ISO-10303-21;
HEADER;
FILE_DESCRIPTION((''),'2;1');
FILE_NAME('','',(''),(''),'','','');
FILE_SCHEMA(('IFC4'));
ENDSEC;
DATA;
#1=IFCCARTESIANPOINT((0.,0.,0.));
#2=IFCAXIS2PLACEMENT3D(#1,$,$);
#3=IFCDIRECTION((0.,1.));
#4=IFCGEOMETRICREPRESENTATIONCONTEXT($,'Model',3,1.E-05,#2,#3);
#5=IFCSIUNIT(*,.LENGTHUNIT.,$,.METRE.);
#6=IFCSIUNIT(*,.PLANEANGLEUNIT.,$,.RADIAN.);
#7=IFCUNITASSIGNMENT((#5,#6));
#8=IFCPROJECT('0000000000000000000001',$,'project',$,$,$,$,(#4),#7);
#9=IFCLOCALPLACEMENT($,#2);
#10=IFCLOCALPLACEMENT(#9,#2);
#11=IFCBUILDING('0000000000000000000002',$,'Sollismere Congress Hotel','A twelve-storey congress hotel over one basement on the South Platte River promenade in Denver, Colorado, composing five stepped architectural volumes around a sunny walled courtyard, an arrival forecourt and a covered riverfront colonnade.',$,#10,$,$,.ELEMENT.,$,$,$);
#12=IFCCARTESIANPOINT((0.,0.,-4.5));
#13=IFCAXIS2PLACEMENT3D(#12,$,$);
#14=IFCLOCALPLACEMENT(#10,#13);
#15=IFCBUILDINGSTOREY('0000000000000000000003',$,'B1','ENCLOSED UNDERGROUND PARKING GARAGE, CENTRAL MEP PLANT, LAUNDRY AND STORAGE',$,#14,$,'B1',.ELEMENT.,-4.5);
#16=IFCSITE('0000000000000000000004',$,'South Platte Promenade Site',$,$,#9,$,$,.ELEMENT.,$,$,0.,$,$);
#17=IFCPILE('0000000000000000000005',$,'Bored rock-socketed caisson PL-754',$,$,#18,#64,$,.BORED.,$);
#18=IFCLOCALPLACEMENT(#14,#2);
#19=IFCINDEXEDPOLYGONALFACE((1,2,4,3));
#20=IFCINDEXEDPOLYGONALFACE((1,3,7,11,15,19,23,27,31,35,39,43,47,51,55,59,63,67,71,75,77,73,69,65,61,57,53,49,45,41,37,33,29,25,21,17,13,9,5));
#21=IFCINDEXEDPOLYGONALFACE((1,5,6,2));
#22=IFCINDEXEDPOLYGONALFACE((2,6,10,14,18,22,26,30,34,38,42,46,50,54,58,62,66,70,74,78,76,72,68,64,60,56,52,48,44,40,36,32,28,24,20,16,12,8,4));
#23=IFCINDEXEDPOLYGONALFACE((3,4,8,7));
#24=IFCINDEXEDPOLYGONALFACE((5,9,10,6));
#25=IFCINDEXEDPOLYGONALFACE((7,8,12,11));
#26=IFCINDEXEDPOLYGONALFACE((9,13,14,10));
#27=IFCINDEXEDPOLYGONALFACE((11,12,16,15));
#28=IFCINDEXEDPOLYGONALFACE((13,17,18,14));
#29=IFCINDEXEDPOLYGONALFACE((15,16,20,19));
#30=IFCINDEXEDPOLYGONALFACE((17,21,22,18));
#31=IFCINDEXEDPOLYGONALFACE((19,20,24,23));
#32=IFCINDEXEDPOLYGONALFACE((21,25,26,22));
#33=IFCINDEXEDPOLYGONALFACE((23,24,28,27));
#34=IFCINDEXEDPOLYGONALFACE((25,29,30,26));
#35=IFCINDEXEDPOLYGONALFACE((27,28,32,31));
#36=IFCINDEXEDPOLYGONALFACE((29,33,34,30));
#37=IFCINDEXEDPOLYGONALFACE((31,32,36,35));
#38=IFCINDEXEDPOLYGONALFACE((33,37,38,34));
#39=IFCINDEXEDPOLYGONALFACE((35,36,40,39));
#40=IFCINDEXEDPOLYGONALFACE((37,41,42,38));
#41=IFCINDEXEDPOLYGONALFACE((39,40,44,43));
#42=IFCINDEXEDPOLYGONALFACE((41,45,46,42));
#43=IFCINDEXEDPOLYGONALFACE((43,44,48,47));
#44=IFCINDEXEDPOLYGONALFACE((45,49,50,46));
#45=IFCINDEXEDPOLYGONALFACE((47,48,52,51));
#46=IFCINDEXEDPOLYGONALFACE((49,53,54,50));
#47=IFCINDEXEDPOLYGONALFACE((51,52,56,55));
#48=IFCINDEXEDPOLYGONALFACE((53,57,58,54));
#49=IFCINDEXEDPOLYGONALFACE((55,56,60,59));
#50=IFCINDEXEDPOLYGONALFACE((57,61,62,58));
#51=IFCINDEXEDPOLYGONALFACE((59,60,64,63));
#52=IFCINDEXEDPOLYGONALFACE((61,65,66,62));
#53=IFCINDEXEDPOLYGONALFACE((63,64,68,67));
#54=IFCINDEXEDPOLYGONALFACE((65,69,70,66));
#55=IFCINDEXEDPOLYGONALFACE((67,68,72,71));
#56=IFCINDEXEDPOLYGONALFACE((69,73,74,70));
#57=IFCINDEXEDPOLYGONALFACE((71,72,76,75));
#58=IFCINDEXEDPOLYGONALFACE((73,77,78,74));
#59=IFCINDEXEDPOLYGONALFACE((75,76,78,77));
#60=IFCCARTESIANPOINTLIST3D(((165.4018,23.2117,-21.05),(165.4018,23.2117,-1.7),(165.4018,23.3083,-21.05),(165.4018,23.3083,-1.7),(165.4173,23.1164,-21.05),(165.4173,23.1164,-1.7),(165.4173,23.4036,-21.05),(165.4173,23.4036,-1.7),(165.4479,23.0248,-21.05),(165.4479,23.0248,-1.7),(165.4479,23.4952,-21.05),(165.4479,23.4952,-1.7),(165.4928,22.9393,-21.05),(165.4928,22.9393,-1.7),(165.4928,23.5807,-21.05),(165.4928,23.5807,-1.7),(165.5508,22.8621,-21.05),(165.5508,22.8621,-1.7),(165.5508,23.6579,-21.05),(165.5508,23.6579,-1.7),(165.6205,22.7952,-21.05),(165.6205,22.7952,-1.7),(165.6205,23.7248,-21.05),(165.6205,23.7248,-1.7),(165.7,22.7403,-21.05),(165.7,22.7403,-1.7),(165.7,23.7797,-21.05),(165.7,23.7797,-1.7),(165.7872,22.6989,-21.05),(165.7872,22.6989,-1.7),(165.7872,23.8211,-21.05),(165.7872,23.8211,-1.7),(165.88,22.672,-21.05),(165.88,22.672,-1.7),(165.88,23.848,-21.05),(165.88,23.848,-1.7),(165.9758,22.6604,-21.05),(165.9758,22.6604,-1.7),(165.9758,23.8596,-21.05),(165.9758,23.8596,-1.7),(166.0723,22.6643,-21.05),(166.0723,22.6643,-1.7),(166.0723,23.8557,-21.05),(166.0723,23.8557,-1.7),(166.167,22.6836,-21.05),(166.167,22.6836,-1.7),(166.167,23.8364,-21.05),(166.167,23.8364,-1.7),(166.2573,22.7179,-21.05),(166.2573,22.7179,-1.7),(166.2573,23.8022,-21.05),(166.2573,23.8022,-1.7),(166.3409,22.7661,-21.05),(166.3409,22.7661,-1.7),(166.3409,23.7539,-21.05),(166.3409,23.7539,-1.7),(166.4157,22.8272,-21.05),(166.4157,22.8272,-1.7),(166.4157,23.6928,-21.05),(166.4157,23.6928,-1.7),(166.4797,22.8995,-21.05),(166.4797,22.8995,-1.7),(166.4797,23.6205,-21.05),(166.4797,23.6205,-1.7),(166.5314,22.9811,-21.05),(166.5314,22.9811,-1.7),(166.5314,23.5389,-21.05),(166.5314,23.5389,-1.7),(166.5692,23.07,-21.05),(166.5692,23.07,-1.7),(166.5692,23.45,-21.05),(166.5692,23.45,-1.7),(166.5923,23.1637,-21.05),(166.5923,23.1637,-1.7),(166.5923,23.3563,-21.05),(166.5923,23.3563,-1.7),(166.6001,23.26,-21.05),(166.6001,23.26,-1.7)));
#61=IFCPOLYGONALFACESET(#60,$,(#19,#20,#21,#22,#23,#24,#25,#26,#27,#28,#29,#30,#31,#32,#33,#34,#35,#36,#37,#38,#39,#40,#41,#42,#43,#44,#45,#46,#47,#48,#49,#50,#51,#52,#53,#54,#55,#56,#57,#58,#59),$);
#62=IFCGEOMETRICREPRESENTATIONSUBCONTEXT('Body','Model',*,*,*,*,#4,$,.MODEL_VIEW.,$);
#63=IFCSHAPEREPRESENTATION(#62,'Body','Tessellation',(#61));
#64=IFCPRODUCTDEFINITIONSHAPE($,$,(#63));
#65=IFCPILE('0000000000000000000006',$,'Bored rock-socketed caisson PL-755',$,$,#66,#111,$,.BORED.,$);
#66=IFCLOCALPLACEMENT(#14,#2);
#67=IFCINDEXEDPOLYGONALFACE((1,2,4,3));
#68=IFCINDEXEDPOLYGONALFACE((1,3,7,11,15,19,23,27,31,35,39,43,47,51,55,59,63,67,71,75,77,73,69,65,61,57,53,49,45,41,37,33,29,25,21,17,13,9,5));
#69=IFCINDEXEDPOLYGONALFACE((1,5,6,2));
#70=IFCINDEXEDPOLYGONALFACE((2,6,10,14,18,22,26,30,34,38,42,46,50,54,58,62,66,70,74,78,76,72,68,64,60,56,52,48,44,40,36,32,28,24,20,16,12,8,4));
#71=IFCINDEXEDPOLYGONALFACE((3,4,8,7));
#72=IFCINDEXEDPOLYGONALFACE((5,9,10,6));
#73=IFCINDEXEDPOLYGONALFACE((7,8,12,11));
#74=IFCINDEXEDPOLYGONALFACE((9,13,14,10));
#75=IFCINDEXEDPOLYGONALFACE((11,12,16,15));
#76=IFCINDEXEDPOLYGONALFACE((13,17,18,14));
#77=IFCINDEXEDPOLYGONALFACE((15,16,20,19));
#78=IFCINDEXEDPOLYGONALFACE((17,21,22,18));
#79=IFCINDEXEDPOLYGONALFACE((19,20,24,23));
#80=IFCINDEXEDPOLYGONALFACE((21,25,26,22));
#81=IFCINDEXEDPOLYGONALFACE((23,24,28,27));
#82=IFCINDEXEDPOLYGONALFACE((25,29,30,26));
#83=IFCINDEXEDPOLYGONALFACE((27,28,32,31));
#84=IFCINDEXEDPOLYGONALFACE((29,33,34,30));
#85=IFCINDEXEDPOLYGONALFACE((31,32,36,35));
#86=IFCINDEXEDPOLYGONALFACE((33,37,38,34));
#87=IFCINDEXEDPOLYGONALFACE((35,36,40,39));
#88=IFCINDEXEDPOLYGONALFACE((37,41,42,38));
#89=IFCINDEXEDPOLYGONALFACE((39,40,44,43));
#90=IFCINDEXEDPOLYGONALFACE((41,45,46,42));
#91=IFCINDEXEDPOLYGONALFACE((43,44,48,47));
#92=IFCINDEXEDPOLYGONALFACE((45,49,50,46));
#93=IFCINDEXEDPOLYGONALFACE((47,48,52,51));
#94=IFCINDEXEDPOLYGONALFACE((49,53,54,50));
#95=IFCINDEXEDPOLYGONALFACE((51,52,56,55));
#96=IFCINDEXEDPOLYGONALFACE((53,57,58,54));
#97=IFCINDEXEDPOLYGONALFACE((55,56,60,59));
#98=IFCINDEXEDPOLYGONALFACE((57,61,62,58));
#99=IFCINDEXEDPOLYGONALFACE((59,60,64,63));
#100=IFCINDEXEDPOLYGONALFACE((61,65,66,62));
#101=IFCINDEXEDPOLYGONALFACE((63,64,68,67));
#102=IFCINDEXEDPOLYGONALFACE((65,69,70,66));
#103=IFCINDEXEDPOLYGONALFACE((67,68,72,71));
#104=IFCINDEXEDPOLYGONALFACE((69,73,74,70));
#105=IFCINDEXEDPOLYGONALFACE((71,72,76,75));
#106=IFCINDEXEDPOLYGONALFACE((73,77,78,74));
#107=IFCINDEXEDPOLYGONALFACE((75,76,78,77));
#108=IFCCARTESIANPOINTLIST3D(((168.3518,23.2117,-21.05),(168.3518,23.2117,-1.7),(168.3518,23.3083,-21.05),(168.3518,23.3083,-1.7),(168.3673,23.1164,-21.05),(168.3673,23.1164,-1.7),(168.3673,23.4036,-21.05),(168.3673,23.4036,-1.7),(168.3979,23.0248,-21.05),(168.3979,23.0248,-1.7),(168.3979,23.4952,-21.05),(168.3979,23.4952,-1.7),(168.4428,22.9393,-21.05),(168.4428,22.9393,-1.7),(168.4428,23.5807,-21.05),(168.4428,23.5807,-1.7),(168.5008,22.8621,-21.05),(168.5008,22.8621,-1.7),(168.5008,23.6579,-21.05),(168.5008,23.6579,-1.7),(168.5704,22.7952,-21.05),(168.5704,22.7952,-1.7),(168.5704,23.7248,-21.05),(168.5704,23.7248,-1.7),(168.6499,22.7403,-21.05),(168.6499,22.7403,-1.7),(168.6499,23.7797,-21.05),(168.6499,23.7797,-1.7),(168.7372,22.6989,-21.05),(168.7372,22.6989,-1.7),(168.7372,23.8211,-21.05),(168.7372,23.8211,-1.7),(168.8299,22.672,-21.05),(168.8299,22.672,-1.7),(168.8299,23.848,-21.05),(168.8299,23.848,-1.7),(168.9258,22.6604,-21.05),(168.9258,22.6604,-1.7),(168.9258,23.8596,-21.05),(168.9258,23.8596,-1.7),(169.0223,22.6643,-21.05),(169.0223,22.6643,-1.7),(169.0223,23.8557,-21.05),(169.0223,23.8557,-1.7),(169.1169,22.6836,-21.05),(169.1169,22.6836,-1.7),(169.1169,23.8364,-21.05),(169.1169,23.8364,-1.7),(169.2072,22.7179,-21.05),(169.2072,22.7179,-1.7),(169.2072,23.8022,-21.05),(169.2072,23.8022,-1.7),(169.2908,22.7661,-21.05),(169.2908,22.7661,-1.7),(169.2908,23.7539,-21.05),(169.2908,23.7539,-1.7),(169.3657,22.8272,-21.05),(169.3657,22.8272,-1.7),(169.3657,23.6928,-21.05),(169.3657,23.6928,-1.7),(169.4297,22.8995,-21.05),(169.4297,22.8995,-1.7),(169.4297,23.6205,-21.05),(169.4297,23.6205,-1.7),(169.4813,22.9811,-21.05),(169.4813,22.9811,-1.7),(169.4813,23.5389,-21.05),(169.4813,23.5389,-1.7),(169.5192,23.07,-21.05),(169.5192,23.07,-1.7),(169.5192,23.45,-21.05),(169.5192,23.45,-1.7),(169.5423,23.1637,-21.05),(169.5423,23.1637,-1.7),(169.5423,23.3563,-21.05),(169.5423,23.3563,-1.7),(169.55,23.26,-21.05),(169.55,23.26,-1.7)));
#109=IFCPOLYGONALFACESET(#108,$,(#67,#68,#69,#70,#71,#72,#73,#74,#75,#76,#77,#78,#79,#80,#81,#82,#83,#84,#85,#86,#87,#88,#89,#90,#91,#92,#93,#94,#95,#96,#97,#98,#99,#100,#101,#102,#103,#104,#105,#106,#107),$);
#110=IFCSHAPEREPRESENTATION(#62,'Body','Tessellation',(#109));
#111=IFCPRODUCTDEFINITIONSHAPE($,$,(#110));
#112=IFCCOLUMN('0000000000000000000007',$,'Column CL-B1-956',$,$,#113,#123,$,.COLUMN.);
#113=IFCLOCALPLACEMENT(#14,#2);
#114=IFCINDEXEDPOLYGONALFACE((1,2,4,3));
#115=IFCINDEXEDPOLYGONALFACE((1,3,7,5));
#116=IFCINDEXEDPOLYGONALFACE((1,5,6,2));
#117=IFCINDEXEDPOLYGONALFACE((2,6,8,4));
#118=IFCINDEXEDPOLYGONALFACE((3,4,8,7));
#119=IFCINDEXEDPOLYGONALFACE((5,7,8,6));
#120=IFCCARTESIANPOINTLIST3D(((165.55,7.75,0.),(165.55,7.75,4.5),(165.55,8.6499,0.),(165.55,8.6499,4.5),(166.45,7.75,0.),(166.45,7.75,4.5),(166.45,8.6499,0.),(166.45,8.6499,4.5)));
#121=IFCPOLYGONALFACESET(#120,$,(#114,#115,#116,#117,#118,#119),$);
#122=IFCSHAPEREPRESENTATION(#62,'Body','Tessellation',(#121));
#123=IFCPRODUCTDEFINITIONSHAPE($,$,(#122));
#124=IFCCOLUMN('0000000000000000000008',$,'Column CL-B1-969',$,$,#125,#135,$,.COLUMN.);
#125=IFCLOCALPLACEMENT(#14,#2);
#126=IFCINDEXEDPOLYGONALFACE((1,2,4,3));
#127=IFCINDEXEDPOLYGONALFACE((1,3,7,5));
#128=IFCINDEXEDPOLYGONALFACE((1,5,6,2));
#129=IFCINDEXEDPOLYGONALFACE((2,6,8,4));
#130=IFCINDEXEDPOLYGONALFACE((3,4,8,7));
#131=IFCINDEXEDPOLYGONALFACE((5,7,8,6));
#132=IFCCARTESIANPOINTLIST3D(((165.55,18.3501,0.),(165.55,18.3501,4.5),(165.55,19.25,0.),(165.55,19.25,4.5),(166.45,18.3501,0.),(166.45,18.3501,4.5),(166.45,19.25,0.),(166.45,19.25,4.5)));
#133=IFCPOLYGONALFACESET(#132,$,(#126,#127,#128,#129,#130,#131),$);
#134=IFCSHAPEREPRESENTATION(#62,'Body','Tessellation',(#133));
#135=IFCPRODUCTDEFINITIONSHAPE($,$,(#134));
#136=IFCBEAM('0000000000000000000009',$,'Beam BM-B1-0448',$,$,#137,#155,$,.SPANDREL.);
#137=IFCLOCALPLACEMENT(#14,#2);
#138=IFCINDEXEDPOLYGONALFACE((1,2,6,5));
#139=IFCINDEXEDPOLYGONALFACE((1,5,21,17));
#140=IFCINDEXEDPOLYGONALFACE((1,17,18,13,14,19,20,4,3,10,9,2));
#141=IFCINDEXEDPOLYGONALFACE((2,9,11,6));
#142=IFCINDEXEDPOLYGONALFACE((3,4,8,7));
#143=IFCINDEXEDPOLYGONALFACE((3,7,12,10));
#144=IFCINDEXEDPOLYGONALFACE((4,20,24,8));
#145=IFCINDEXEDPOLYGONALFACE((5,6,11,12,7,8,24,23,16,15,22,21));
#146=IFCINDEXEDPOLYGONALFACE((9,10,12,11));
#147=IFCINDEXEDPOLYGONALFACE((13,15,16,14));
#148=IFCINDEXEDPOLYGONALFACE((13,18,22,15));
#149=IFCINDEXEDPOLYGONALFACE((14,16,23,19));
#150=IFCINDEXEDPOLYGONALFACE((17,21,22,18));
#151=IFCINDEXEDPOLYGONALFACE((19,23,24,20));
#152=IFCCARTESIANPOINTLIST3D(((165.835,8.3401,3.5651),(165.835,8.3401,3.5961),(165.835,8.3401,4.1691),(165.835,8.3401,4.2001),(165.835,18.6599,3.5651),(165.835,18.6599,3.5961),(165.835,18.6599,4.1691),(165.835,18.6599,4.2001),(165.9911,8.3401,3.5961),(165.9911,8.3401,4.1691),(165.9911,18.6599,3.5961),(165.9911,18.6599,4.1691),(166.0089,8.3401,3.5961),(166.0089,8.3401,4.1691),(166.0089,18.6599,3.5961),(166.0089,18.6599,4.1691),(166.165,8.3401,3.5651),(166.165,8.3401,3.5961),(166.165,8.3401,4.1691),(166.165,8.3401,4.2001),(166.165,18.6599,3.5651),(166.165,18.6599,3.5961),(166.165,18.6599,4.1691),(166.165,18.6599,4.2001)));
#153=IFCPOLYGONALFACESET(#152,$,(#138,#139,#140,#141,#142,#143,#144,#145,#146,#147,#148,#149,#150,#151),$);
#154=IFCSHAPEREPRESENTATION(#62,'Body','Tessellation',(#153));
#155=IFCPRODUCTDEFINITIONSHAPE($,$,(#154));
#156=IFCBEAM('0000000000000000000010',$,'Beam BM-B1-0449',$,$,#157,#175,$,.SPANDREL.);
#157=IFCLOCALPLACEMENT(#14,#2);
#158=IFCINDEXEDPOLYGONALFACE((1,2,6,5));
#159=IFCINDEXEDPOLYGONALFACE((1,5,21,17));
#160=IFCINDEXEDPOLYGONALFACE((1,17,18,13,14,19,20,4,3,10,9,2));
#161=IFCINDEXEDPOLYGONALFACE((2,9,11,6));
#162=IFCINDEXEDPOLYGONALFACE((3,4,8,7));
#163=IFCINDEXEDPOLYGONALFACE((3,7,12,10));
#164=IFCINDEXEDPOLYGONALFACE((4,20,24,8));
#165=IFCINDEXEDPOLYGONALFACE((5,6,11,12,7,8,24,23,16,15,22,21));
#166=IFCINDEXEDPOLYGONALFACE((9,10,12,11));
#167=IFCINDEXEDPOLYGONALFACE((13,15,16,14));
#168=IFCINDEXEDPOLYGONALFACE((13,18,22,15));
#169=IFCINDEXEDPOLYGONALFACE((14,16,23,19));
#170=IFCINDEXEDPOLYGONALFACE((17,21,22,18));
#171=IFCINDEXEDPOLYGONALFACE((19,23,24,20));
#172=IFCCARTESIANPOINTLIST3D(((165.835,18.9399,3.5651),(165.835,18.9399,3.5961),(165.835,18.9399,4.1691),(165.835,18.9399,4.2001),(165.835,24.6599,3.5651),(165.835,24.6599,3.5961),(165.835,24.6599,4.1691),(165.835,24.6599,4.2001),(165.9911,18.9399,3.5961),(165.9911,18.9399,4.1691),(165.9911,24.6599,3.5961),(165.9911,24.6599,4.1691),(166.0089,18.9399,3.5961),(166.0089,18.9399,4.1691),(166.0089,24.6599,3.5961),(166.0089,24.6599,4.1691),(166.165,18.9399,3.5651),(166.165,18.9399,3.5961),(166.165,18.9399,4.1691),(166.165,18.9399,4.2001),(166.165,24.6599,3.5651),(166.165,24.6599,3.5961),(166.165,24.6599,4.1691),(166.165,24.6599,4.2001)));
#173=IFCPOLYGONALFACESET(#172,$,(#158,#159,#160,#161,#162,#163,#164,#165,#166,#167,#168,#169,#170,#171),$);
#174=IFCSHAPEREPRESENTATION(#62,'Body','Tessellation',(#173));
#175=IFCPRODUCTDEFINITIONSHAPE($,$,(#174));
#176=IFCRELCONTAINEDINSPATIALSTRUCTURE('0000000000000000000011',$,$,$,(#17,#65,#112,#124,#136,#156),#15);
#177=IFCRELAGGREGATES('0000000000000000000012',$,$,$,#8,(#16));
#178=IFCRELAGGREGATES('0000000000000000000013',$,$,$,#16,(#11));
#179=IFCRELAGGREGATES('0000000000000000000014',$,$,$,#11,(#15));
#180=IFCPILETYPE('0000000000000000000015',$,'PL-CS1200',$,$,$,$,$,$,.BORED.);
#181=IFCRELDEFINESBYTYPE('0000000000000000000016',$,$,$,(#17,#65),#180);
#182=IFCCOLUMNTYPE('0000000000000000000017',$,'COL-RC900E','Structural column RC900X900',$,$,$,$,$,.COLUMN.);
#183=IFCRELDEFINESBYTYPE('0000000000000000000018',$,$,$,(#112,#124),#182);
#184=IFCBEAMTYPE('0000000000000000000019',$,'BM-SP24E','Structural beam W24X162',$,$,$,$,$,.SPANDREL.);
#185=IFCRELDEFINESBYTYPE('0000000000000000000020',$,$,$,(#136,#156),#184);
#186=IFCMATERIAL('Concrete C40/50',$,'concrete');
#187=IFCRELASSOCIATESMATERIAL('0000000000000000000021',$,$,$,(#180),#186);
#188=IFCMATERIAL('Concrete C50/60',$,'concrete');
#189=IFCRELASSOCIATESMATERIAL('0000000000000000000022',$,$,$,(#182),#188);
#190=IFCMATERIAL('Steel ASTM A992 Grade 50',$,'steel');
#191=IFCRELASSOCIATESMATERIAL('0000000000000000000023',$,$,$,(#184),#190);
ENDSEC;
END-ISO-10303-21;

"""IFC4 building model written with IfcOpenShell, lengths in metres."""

from ifc_helpers import new_model, si_unit, direction, frame, origin, origin_2d, place, context, subcontext, project, spatial, rectangle, circle, i_section, extrude, material, material_profile, profile_set, type_object, element, save


model = new_model("IFC4")

# Units and contexts
model_context = context("Model", 3, precision=1e-05, world=origin(), true_north=direction((0.0, 1.0)))
body_context = subcontext(model_context, "Body", "Model", "MODEL_VIEW")
ifc_project = project(units=[si_unit("LENGTHUNIT", "METRE"), si_unit("PLANEANGLEUNIT", "RADIAN")], contexts=[model_context])

# Site, building, storey
site_placement = place(None, origin())
site = spatial("IfcSite", under=ifc_project, at=site_placement, Name="South Platte Promenade Site", CompositionType="ELEMENT", RefElevation=0.0)
building_placement = place(site_placement, origin())
building = spatial("IfcBuilding", under=site, at=building_placement, Name="Sollismere Congress Hotel", Description="A twelve-storey congress hotel over one basement on the South Platte River promenade in Denver, Colorado, composing five stepped architectural volumes around a sunny walled courtyard, an arrival forecourt and a covered riverfront colonnade.", CompositionType="ELEMENT")
storey_placement = place(building_placement, frame((0.0, 0.0, -4.5)))
storey = spatial("IfcBuildingStorey", under=building, at=storey_placement, Name="B1", Description="ENCLOSED UNDERGROUND PARKING GARAGE, CENTRAL MEP PLANT, LAUNDRY AND STORAGE", LongName="B1", CompositionType="ELEMENT", Elevation=-4.5)

# Shared definitions
ifc_material_1 = material(Name="Concrete C40/50", Category="concrete")

# Piles
ifc_material_profile_1 = material_profile(ifc_material_1, circle(Radius=0.6001, at=origin_2d()), Name="CAISSON1200")
ifc_profile_set_1 = profile_set([ifc_material_profile_1], Name="Concrete C40/50")
pile_type = type_object("IfcPileType", Name="PL-CS1200", PredefinedType="BORED", material=ifc_profile_set_1)
for number, where, z_axis, x_axis, name in (
    (1, (166.0, 23.26, -1.7), (0.0, 0.0, -1.0), (1.0, 0.0, 0.0), "Bored rock-socketed caisson PL-754"),
    (2, (168.95, 23.26, -1.7), (0.0, 0.0, -1.0), (1.0, 0.0, 0.0), "Bored rock-socketed caisson PL-755"),
):
    element("IfcPile", number, at=place(storey_placement, frame(where, z_axis=z_axis, x_axis=x_axis)), inside=storey, type_object=pile_type, Name=name, PredefinedType="BORED", context=body_context, shape_type="SweptSolid", body=[
        extrude(circle(Radius=0.6001, at=origin_2d()), origin(), (0.0, 0.0, 1.0), 19.3501),
    ])

# Columns
ifc_material_2 = material(Name="Concrete C50/60", Category="concrete")
ifc_material_profile_2 = material_profile(ifc_material_2, rectangle(XDim=0.8999, YDim=0.8999, at=origin_2d()), Name="RC900X900")
ifc_profile_set_2 = profile_set([ifc_material_profile_2], Name="Concrete C50/60")
column_type = type_object("IfcColumnType", Name="COL-RC900E", Description="Structural column RC900X900", PredefinedType="COLUMN", material=ifc_profile_set_2)
for number, where, z_axis, x_axis, name in (
    (3, (166.0, 8.2, 0.0), (0.0, 0.0, 1.0), (1.0, 0.0, 0.0), "Column CL-B1-956"),
    (4, (166.0, 18.8, 0.0), (0.0, 0.0, 1.0), (1.0, 0.0, 0.0), "Column CL-B1-969"),
):
    element("IfcColumn", number, at=place(storey_placement, frame(where, z_axis=z_axis, x_axis=x_axis)), inside=storey, type_object=column_type, Name=name, PredefinedType="COLUMN", context=body_context, shape_type="SweptSolid", body=[
        extrude(rectangle(XDim=0.8999, YDim=0.8999, at=origin_2d()), origin(), (0.0, 0.0, 1.0), 4.5),
    ])

# Beams
ifc_material_3 = material(Name="Steel ASTM A992 Grade 50", Category="steel")
ifc_material_profile_3 = material_profile(ifc_material_3, i_section(OverallWidth=0.3301, OverallDepth=0.635, WebThickness=0.0178, FlangeThickness=0.031, at=origin_2d()), Name="W24X162")
ifc_profile_set_3 = profile_set([ifc_material_profile_3], Name="Steel ASTM A992 Grade 50")
beam_type = type_object("IfcBeamType", Name="BM-SP24E", Description="Structural beam W24X162", PredefinedType="SPANDREL", material=ifc_profile_set_3)
beam_1_placement = place(storey_placement, frame((166.0, 8.3401, 3.8826), z_axis=(0.0, 1.0, 0.0), x_axis=(-1.0, 0.0, 0.0)))
element("IfcBeam", 5, at=beam_1_placement, inside=storey, type_object=beam_type, Name="Beam BM-B1-0448", PredefinedType="SPANDREL", context=body_context, shape_type="SweptSolid", body=[
    extrude(i_section(OverallWidth=0.3301, OverallDepth=0.635, WebThickness=0.0178, FlangeThickness=0.031, at=origin_2d()), origin(), (0.0, 0.0, 1.0), 10.3198),
])
beam_2_placement = place(storey_placement, frame((166.0, 18.9399, 3.8826), z_axis=(0.0, 1.0, 0.0), x_axis=(-1.0, 0.0, 0.0)))
element("IfcBeam", 6, at=beam_2_placement, inside=storey, type_object=beam_type, Name="Beam BM-B1-0449", PredefinedType="SPANDREL", context=body_context, shape_type="SweptSolid", body=[
    extrude(i_section(OverallWidth=0.3301, OverallDepth=0.635, WebThickness=0.0178, FlangeThickness=0.031, at=origin_2d()), origin(), (0.0, 0.0, 1.0), 5.72),
])

save(model, "model.ifc")
